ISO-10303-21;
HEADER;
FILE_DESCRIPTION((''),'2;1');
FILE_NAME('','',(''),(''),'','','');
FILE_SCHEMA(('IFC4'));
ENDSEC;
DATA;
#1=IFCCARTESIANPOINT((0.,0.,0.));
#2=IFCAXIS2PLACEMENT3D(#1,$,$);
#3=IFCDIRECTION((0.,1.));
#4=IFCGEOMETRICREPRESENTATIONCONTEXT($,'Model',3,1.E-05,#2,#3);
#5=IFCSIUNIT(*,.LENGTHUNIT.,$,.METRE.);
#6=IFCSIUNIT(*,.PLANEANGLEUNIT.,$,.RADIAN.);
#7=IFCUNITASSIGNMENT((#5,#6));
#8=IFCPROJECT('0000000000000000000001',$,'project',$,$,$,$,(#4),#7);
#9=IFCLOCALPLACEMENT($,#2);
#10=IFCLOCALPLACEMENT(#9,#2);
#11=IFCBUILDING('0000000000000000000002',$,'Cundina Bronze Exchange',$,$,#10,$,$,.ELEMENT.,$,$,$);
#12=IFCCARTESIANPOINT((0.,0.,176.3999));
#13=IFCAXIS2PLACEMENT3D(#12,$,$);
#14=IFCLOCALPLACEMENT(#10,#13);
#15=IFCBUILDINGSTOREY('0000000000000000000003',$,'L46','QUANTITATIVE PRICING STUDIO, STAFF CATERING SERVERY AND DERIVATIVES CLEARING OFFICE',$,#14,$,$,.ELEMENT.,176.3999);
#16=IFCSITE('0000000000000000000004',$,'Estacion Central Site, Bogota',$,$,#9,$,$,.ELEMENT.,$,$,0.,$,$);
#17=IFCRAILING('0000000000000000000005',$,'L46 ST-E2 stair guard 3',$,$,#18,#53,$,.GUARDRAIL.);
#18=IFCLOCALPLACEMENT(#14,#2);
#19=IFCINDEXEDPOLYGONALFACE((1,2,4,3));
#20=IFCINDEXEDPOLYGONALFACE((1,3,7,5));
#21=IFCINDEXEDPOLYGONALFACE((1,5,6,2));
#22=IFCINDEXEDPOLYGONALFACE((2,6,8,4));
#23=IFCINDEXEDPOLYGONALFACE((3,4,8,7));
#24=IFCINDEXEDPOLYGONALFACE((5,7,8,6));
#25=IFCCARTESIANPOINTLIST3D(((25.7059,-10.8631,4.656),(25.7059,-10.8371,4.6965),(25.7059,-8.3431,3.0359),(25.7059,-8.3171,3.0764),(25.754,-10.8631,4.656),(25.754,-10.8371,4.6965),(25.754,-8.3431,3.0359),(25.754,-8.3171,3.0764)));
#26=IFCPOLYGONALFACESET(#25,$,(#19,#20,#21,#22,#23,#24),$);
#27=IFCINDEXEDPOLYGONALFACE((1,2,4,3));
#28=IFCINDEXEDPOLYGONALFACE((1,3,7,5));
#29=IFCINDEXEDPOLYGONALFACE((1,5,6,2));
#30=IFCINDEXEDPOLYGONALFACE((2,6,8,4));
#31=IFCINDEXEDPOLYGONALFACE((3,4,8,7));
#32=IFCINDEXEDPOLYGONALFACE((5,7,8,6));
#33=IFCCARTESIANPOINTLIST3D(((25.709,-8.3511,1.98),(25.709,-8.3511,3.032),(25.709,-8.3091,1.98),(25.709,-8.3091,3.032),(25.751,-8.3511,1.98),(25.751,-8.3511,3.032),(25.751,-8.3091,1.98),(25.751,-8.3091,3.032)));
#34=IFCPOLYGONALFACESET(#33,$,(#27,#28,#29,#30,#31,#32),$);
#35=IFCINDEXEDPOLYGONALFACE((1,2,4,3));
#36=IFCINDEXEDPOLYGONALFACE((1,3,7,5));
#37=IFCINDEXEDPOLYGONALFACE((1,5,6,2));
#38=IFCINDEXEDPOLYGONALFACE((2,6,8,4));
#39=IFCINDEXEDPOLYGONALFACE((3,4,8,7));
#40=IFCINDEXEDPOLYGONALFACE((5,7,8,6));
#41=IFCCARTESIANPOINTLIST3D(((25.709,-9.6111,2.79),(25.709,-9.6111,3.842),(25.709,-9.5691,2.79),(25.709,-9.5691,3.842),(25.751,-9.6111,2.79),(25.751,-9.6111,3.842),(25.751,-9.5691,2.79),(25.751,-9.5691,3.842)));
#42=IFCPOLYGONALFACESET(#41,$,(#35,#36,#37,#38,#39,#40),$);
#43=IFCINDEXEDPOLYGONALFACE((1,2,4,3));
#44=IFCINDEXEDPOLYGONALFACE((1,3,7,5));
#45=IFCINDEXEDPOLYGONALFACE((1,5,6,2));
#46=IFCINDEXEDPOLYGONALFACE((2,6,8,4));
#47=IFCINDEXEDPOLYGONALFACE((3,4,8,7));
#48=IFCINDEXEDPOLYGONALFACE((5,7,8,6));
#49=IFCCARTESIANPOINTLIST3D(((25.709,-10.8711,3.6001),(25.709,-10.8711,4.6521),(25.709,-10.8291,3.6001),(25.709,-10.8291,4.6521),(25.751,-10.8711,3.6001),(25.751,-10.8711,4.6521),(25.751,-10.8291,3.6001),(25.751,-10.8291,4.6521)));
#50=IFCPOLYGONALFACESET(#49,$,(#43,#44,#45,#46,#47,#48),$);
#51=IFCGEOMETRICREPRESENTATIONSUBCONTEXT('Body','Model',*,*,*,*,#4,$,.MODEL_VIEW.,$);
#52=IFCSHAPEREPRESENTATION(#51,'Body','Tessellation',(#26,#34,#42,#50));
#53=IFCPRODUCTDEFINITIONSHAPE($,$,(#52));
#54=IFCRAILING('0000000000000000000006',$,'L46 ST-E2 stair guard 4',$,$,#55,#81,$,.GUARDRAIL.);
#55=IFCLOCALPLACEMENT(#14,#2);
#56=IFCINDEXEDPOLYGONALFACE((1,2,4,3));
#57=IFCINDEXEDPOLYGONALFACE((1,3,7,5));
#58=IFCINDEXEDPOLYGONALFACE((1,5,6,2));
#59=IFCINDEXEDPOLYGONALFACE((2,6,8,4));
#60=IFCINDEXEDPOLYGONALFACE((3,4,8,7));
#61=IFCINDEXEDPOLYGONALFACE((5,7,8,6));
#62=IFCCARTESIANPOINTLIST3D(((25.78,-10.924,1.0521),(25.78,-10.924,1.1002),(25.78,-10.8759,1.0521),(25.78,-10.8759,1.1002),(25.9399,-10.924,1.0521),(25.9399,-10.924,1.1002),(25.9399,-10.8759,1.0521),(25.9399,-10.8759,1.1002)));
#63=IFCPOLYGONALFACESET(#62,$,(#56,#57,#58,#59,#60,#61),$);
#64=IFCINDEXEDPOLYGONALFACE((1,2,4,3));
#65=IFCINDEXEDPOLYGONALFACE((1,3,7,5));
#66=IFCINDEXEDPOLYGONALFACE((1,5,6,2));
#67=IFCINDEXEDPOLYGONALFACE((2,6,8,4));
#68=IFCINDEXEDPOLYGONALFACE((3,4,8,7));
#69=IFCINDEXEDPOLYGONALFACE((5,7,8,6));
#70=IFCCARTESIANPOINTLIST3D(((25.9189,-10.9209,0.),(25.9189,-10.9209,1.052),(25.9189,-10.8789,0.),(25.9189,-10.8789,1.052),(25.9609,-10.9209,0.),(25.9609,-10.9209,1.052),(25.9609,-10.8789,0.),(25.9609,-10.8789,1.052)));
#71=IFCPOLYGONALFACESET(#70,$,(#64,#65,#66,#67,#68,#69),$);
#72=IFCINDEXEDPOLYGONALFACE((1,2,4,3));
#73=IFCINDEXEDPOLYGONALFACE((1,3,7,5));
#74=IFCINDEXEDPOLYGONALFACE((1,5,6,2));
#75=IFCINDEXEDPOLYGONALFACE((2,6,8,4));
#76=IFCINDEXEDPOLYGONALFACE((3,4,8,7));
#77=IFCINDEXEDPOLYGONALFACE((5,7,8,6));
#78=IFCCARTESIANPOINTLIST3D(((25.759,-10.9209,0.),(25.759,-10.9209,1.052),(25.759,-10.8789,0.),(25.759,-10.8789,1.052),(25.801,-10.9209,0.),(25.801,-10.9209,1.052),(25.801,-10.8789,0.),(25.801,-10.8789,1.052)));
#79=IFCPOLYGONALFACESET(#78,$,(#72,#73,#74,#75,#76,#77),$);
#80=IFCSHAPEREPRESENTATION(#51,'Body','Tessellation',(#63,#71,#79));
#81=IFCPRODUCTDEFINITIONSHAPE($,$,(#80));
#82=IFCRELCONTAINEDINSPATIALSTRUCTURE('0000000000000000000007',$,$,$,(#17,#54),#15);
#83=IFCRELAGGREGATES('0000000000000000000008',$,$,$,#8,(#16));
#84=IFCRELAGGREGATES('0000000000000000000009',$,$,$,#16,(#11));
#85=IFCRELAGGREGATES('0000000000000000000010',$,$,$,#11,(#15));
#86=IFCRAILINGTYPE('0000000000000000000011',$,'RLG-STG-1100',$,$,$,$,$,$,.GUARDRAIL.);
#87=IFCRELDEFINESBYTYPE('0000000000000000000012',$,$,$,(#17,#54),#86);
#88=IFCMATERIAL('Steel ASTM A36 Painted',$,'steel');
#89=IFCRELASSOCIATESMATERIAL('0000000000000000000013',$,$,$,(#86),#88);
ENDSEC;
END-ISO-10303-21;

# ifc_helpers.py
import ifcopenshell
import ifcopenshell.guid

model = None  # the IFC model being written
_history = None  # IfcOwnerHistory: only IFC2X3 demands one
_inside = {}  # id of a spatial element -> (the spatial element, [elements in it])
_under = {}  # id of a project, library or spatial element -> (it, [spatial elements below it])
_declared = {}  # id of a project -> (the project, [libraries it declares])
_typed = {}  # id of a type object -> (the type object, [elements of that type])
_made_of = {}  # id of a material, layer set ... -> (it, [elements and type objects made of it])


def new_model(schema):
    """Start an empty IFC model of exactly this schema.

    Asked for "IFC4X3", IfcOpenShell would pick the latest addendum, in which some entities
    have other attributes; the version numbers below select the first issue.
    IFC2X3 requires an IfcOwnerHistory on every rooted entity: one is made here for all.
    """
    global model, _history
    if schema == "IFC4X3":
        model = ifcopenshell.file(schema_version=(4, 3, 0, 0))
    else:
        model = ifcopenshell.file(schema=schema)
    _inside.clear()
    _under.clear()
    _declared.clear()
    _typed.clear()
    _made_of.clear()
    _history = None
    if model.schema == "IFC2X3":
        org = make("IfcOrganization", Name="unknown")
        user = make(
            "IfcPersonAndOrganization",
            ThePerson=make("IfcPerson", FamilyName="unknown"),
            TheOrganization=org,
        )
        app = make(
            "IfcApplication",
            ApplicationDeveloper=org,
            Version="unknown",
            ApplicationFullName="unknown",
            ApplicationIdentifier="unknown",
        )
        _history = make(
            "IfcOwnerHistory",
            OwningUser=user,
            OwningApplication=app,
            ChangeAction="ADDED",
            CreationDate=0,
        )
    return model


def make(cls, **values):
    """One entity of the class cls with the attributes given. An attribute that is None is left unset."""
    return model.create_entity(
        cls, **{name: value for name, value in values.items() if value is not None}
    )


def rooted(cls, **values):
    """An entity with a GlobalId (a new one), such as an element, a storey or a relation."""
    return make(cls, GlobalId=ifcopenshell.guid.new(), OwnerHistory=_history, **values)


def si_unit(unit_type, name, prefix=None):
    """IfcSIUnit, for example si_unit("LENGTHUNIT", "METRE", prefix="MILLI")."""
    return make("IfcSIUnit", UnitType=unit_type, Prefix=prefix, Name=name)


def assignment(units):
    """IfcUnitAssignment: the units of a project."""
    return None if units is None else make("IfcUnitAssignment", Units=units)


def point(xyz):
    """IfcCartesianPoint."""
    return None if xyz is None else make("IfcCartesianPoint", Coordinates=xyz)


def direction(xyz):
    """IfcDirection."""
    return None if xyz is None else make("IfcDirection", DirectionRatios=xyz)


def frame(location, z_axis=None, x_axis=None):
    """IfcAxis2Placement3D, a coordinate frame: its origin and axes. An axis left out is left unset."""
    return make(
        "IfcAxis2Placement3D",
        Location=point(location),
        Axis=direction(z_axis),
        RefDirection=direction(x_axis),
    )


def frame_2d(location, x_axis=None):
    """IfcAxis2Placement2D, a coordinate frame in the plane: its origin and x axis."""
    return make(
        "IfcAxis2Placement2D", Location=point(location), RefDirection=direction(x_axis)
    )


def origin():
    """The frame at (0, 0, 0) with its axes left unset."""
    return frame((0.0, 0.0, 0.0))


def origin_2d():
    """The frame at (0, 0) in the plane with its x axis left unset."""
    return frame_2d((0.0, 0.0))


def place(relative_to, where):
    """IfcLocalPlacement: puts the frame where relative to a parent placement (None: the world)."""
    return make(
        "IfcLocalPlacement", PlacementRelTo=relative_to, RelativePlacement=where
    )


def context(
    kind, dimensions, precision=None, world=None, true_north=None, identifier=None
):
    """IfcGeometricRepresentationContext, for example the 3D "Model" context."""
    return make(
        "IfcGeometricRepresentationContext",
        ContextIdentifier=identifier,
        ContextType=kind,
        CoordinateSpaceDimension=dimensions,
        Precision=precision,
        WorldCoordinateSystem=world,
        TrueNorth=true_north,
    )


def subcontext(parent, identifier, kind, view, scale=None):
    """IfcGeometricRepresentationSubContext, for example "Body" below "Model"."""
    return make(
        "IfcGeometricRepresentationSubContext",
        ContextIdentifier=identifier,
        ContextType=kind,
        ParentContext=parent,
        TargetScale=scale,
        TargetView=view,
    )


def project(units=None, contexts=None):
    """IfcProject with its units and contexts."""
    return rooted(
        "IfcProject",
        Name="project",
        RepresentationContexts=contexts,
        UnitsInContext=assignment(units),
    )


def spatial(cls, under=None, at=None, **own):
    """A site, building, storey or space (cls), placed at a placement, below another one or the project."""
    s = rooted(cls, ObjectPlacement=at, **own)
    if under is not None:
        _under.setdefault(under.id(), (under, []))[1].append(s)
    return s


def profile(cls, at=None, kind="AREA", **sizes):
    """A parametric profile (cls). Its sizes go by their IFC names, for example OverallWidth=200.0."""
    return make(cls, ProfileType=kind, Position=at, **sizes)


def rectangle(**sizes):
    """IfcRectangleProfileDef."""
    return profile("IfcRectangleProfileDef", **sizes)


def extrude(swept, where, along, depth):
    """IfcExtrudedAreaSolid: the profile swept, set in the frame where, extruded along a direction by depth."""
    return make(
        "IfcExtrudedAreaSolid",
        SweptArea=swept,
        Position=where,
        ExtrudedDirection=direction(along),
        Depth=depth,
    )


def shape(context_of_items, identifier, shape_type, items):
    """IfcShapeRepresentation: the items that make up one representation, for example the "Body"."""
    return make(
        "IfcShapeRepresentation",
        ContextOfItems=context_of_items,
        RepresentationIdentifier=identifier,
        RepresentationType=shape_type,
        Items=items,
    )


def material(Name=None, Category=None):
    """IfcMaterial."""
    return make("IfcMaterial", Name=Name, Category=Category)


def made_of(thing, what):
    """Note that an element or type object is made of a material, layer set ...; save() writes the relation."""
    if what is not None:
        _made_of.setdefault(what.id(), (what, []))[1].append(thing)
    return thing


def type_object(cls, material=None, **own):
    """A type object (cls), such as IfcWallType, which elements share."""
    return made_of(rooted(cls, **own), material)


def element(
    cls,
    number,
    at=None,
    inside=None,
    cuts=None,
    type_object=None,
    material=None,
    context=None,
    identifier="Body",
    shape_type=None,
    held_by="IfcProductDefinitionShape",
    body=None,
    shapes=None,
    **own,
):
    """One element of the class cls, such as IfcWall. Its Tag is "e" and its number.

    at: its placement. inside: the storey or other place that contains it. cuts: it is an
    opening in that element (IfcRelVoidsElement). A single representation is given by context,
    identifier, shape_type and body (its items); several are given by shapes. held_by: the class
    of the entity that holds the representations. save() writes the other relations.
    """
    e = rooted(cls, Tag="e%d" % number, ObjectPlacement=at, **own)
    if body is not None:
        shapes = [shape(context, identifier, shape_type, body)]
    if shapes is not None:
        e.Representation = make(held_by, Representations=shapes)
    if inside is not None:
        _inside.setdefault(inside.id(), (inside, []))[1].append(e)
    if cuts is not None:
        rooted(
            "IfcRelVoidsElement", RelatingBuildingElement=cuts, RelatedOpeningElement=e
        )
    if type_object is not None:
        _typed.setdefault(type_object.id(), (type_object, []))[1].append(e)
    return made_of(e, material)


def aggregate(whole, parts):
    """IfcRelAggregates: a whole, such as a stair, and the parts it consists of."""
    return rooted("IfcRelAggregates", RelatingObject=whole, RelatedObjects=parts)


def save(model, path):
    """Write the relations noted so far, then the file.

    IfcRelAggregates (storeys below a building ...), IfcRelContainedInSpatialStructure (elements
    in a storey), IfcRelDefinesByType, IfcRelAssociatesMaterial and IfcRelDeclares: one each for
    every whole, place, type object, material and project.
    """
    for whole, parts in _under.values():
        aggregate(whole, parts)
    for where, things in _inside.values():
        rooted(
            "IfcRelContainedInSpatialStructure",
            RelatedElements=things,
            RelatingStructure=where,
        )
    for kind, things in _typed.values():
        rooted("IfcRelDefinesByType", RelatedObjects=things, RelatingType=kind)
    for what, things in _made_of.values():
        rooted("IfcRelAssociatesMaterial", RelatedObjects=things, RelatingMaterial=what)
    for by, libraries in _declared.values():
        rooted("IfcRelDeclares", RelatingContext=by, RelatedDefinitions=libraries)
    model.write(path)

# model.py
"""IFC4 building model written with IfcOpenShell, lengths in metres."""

from ifc_helpers import new_model, si_unit, direction, frame, origin, origin_2d, place, context, subcontext, project, spatial, rectangle, extrude, material, type_object, element, save


model = new_model("IFC4")

# Units and contexts
model_context = context("Model", 3, precision=1e-05, world=origin(), true_north=direction((0.0, 1.0)))
body_context = subcontext(model_context, "Body", "Model", "MODEL_VIEW")
ifc_project = project(units=[si_unit("LENGTHUNIT", "METRE"), si_unit("PLANEANGLEUNIT", "RADIAN")], contexts=[model_context])

# Site, building, storey
site_placement = place(None, origin())
site = spatial("IfcSite", under=ifc_project, at=site_placement, Name="Estacion Central Site, Bogota", CompositionType="ELEMENT", RefElevation=0.0)
building_placement = place(site_placement, origin())
building = spatial("IfcBuilding", under=site, at=building_placement, Name="Cundina Bronze Exchange", CompositionType="ELEMENT")
storey_placement = place(building_placement, frame((0.0, 0.0, 176.3999)))
storey = spatial("IfcBuildingStorey", under=building, at=storey_placement, Name="L46", Description="QUANTITATIVE PRICING STUDIO, STAFF CATERING SERVERY AND DERIVATIVES CLEARING OFFICE", CompositionType="ELEMENT", Elevation=176.3999)

# Shared definitions
ifc_material_1 = material(Name="Steel ASTM A36 Painted", Category="steel")

# Railings
railing_type_1 = type_object("IfcRailingType", Name="RLG-STG-1100", PredefinedType="GUARDRAIL", material=ifc_material_1)
railing_1_placement = place(storey_placement, frame((25.73, -8.3301, 1.98)))
element("IfcRailing", 1, at=railing_1_placement, inside=storey, type_object=railing_type_1, Name="L46 ST-E2 stair guard 3", PredefinedType="GUARDRAIL", context=body_context, shape_type="SweptSolid", body=[
    extrude(rectangle(XDim=0.0481, YDim=0.0481, at=origin_2d()), frame((0.0, 0.0, 1.0762), z_axis=(0.0, -0.841163, 0.540782), x_axis=(1.0, 0.0, 0.0)), (0.0, 0.0, 1.0), 2.9958),
    extrude(rectangle(XDim=0.042, YDim=0.042, at=origin_2d()), origin(), (0.0, 0.0, 1.0), 1.052),
    extrude(rectangle(XDim=0.042, YDim=0.042, at=origin_2d()), frame((0.0, -1.26, 0.8101)), (0.0, 0.0, 1.0), 1.052),
    extrude(rectangle(XDim=0.042, YDim=0.042, at=origin_2d()), frame((0.0, -2.52, 1.6201)), (0.0, 0.0, 1.0), 1.052),
])
railing_2_placement = place(storey_placement, frame((25.9399, -10.8999, 0.0)))
element("IfcRailing", 2, at=railing_2_placement, inside=storey, type_object=railing_type_1, Name="L46 ST-E2 stair guard 4", PredefinedType="GUARDRAIL", context=body_context, shape_type="SweptSolid", body=[
    extrude(rectangle(XDim=0.0481, YDim=0.0481, at=origin_2d()), frame((0.0, 0.0, 1.0762), z_axis=(-1.0, 0.0, 0.0), x_axis=(0.0, -1.0, 0.0)), (0.0, 0.0, 1.0), 0.1599),
    extrude(rectangle(XDim=0.042, YDim=0.042, at=origin_2d()), origin(), (0.0, 0.0, 1.0), 1.052),
    extrude(rectangle(XDim=0.042, YDim=0.042, at=origin_2d()), frame((-0.1599, 0.0, 0.0)), (0.0, 0.0, 1.0), 1.052),
])

save(model, "model.ifc")
